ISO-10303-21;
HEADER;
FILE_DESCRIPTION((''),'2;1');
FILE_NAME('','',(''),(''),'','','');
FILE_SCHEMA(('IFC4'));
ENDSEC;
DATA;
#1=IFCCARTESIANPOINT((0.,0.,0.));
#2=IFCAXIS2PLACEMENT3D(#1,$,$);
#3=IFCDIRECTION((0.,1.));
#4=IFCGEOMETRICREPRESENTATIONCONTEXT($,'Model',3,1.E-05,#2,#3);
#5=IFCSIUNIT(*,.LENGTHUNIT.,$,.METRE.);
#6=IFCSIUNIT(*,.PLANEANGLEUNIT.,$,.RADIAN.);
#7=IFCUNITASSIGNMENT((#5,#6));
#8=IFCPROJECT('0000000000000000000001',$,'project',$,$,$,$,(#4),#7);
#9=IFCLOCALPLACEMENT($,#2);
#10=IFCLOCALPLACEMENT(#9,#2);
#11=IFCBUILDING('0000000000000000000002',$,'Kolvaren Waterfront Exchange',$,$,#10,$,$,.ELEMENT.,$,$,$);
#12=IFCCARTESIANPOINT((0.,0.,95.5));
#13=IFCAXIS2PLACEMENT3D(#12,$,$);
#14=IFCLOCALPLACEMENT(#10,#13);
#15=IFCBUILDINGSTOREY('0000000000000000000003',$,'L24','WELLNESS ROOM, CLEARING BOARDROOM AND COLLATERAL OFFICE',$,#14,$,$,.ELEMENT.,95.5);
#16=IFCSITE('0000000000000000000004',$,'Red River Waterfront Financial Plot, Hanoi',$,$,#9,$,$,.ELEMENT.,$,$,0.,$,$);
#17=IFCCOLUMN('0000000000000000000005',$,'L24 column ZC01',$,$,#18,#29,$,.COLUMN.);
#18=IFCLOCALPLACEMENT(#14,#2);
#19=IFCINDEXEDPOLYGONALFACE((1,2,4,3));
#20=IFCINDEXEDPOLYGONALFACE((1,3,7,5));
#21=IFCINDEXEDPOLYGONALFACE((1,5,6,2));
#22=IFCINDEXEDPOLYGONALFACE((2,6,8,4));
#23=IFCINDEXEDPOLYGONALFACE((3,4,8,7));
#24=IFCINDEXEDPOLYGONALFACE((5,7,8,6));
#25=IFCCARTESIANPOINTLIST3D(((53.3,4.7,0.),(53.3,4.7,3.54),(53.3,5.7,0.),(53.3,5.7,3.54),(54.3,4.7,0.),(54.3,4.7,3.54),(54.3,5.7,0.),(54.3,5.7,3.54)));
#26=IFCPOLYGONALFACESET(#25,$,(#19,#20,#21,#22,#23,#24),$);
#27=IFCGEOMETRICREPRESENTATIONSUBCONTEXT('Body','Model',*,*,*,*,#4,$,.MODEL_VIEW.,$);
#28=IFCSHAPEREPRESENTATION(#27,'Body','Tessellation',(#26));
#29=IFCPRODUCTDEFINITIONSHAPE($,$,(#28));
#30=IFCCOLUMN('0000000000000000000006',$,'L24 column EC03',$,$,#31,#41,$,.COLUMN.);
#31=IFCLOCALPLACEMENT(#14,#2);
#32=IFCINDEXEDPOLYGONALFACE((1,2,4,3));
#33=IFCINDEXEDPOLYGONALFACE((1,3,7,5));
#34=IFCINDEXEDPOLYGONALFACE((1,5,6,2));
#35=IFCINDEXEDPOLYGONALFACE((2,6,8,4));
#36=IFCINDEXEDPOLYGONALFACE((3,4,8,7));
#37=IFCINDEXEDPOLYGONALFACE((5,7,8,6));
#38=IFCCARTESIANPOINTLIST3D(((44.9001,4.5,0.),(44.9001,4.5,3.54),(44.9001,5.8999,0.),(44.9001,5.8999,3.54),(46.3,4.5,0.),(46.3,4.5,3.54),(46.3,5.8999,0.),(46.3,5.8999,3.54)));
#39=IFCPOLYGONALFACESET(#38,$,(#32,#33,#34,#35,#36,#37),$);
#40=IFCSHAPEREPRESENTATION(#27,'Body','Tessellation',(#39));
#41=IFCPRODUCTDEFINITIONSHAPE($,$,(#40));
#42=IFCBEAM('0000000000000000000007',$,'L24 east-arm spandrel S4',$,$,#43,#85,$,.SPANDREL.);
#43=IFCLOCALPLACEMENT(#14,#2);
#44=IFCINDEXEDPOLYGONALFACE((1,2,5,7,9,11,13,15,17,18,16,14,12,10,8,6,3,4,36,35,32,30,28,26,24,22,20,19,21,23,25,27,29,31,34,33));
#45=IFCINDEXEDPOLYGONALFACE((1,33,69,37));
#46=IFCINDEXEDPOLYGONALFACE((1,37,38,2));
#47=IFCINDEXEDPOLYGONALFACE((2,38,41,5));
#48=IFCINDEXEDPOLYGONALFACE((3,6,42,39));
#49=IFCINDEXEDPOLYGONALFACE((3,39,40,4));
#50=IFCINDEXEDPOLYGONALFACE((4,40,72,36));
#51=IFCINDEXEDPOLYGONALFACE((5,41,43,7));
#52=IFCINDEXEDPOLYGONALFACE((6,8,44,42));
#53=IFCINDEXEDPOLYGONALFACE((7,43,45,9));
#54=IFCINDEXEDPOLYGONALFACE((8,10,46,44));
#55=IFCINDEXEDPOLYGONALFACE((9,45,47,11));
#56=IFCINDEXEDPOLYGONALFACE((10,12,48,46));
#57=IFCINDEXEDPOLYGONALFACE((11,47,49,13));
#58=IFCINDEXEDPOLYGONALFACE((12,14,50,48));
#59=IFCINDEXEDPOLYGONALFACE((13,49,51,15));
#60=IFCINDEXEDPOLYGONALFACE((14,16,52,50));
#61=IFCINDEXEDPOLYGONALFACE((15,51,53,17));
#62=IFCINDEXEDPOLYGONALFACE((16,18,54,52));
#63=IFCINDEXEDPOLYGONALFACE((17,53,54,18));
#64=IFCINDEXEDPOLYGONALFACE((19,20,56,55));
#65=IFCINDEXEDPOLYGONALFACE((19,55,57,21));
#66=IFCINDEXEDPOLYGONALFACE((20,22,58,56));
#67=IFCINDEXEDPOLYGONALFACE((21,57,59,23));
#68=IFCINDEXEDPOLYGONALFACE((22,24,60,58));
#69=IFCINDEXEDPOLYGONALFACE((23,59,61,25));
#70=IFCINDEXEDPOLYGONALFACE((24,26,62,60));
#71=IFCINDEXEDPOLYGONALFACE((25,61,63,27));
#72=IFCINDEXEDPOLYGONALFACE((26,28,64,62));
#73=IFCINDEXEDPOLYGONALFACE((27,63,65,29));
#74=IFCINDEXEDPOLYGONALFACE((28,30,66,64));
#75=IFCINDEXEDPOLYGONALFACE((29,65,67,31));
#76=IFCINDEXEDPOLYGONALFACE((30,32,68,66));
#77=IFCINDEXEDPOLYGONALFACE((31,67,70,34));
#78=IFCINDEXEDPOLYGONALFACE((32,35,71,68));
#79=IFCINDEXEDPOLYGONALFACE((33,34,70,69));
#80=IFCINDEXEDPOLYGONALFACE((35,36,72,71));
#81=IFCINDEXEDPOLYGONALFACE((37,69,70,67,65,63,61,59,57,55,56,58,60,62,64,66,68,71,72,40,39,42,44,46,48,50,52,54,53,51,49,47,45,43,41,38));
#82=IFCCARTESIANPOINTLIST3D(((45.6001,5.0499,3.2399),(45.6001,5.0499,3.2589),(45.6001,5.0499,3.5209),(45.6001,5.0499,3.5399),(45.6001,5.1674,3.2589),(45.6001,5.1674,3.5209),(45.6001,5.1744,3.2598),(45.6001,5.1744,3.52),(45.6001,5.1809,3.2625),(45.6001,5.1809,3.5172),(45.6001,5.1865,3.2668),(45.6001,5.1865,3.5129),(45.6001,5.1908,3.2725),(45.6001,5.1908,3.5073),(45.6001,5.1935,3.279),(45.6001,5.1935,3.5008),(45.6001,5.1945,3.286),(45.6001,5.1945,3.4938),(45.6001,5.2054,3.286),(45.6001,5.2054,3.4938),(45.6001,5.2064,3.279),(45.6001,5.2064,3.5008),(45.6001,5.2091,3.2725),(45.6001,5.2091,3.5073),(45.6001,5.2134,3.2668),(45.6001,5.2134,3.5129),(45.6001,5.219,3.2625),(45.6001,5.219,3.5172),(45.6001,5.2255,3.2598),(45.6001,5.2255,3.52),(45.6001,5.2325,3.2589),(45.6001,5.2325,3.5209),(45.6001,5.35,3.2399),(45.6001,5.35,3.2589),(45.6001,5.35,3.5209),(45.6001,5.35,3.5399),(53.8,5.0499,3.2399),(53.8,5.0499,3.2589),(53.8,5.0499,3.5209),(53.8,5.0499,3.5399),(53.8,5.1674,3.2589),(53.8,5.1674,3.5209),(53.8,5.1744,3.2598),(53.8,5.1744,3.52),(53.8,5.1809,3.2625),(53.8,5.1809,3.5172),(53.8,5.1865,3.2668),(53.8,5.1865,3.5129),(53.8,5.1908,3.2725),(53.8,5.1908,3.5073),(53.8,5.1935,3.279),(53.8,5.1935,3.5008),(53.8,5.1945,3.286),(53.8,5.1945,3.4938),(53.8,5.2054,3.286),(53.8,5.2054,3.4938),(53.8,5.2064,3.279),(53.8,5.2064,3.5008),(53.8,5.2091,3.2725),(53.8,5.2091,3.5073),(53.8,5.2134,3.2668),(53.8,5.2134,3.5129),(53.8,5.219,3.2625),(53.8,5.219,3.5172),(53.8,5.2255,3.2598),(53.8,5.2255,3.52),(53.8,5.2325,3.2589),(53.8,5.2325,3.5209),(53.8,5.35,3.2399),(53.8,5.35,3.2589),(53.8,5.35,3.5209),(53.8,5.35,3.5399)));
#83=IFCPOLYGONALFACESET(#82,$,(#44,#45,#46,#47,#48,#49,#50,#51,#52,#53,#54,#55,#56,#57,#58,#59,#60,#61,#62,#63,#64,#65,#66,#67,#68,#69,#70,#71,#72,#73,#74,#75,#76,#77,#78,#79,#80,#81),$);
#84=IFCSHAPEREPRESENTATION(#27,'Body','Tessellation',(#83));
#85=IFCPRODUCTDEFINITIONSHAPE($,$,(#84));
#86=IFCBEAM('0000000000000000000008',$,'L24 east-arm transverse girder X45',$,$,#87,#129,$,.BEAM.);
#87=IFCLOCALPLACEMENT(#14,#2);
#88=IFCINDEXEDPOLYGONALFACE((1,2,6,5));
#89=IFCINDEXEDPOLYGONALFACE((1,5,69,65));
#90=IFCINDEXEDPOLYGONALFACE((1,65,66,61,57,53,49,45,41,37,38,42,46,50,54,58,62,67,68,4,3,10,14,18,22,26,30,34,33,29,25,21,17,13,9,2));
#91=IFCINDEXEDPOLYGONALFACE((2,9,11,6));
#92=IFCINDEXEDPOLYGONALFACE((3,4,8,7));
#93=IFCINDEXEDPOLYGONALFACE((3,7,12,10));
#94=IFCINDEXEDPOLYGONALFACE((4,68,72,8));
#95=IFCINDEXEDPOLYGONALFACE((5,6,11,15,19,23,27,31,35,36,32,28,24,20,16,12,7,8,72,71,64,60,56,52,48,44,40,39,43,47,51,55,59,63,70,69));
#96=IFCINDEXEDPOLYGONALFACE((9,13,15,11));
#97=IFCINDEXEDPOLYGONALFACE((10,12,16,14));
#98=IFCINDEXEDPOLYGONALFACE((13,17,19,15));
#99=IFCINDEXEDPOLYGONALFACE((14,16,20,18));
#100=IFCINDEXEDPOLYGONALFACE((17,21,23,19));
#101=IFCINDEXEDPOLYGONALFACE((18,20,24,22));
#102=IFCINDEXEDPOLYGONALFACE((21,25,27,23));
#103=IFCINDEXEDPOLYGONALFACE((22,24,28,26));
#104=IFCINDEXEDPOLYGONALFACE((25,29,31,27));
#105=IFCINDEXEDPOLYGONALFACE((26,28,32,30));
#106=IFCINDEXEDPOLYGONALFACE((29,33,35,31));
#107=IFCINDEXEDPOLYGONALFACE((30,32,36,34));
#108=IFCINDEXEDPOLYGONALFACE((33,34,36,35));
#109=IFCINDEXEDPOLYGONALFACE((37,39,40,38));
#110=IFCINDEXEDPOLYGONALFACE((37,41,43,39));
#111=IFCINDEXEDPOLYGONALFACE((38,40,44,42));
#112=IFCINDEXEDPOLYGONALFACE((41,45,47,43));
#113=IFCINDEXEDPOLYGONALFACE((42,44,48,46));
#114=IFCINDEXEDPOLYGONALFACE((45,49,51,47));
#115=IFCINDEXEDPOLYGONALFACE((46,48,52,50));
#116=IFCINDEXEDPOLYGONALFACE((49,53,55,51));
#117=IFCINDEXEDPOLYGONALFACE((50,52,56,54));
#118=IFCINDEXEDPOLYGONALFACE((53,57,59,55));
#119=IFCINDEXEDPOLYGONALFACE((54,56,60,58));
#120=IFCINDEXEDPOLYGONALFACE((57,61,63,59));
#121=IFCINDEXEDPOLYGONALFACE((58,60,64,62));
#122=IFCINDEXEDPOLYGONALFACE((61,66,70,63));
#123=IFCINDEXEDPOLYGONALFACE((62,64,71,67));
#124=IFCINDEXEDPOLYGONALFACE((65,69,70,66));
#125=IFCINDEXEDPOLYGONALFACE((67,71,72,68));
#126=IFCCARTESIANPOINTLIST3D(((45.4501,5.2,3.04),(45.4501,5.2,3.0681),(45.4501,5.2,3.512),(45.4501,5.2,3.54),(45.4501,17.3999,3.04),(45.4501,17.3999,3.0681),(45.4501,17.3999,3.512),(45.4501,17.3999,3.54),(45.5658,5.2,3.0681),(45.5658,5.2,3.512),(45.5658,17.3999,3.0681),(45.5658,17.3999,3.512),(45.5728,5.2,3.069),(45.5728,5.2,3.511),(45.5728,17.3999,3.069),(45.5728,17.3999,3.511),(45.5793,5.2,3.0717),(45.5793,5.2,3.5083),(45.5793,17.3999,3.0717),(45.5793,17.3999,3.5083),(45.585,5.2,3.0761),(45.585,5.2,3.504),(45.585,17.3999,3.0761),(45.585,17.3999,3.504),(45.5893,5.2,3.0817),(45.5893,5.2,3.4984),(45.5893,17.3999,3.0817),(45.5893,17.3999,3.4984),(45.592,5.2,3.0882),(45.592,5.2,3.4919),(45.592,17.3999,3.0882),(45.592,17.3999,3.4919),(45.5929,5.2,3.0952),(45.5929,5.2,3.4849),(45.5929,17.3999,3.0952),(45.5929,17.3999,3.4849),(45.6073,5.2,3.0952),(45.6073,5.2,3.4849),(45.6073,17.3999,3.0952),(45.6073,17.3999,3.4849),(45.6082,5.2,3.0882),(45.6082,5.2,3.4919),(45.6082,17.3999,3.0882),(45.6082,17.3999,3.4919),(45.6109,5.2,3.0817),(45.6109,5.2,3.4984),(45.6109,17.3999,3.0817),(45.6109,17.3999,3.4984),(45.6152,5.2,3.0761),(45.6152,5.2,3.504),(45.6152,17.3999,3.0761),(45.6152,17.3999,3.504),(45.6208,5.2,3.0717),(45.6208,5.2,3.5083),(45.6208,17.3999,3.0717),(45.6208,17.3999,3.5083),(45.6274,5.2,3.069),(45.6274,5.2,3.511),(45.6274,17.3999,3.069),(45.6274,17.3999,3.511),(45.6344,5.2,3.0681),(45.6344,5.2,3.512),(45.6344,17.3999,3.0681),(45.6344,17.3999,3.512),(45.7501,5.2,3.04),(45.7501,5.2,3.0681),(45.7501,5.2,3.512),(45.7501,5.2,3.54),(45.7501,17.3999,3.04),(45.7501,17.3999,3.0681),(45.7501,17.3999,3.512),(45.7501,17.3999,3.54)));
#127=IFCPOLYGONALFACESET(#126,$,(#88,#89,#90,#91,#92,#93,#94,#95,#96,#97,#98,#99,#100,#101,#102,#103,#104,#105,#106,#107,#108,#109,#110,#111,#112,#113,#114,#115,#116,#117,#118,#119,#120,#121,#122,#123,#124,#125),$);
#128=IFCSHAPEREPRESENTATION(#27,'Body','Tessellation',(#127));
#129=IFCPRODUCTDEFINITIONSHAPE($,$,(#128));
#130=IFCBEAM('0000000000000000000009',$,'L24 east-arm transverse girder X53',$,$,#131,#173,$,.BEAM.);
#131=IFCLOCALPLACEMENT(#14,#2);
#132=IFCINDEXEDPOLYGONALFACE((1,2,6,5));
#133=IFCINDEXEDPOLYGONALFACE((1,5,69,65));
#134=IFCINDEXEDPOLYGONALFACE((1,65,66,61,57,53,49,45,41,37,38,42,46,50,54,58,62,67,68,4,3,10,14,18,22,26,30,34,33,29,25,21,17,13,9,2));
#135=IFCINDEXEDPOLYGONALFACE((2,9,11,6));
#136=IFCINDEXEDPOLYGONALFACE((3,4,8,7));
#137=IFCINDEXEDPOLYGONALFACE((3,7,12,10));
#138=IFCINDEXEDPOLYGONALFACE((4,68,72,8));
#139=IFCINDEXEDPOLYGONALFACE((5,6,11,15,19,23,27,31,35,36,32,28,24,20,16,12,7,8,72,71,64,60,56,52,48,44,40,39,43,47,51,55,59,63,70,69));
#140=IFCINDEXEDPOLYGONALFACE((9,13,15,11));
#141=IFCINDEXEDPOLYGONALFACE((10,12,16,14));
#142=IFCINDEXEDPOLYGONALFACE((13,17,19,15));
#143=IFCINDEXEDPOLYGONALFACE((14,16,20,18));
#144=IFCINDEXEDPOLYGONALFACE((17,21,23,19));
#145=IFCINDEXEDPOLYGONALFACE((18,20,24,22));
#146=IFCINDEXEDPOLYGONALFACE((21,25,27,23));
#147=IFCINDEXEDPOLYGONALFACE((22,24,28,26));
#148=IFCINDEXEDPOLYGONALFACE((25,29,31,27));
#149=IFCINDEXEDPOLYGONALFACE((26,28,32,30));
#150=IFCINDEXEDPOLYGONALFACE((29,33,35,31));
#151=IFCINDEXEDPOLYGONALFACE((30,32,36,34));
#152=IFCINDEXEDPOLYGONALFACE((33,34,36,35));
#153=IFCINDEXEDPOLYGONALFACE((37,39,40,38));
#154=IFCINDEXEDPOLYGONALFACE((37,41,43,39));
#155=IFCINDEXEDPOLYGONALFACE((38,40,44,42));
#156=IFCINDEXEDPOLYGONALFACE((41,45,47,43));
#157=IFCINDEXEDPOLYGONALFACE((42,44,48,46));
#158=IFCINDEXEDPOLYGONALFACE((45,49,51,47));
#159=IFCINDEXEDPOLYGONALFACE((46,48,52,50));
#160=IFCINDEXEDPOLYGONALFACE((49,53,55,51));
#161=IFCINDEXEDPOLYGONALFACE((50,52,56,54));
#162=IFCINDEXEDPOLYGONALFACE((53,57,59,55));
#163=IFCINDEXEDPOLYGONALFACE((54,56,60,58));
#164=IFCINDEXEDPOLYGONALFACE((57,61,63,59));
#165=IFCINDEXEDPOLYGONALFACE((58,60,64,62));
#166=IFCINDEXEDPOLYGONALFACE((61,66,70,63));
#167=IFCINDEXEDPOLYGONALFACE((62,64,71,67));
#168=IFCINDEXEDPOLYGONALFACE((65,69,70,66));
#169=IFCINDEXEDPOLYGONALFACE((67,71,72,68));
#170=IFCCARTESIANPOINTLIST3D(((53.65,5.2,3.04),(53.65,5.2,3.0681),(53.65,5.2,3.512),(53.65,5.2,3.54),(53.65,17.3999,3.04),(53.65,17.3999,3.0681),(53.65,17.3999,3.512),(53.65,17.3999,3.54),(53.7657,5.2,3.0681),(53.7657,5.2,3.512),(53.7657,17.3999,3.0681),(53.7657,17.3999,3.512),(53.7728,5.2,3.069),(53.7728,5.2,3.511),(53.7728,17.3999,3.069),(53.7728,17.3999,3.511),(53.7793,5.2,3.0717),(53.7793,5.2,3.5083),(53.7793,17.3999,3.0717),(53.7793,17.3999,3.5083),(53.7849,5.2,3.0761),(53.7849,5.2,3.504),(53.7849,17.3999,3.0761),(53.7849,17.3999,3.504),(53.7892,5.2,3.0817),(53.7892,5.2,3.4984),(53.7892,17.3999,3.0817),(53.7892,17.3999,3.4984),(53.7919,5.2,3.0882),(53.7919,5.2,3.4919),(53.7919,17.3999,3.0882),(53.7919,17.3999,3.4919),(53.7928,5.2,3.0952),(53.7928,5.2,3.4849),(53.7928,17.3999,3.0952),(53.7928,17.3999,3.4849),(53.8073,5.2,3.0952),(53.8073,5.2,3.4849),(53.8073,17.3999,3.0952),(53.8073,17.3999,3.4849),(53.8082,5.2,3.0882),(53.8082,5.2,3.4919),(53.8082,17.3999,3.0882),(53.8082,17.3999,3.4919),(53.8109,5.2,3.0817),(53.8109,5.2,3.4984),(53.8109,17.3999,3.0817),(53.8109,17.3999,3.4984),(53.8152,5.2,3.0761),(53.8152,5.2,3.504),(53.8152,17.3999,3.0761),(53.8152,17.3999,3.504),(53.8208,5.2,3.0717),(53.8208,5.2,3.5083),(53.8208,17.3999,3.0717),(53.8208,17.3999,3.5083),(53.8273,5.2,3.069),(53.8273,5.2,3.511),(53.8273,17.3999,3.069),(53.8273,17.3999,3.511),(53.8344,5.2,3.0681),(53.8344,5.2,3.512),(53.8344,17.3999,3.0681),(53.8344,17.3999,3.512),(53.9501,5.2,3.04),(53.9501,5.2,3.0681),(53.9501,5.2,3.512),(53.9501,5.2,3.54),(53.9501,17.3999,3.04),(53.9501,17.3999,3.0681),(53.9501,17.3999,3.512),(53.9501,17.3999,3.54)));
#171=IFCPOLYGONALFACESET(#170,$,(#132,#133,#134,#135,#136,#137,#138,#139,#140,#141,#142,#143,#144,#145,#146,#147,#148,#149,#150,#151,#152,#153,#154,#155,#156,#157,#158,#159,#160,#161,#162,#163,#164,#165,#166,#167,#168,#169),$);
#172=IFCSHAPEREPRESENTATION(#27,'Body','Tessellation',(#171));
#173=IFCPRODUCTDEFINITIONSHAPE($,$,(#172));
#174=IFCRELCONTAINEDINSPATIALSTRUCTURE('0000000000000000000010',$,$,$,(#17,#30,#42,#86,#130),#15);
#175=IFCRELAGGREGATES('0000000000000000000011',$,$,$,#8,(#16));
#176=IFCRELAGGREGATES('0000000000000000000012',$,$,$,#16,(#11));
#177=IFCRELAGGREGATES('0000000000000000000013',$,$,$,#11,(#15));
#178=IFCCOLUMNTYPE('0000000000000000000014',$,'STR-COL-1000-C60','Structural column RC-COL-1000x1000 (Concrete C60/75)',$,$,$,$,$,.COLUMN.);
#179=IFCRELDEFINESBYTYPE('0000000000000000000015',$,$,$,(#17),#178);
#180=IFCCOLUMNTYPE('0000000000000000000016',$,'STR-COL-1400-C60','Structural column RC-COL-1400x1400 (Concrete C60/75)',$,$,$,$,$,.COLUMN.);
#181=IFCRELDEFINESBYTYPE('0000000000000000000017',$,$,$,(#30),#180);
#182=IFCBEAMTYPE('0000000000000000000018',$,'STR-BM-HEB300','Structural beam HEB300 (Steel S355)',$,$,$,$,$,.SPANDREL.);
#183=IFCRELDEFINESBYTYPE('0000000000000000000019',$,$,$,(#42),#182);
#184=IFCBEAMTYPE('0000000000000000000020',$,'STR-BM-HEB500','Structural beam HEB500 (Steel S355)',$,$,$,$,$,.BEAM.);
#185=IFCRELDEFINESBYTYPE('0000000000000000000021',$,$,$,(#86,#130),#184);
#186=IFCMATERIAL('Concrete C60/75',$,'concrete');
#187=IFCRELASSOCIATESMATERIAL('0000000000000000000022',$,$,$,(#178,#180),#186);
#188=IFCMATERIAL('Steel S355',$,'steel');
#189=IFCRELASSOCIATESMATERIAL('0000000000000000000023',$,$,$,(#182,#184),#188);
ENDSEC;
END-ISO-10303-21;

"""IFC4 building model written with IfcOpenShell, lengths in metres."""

from ifc_helpers import new_model, si_unit, direction, frame, origin, origin_2d, place, context, subcontext, project, spatial, rectangle, i_section, extrude, material, material_profile, profile_set, type_object, element, save


model = new_model("IFC4")

# Units and contexts
model_context = context("Model", 3, precision=1e-05, world=origin(), true_north=direction((0.0, 1.0)))
body_context = subcontext(model_context, "Body", "Model", "MODEL_VIEW")
ifc_project = project(units=[si_unit("LENGTHUNIT", "METRE"), si_unit("PLANEANGLEUNIT", "RADIAN")], contexts=[model_context])

# Site, building, storey
site_placement = place(None, origin())
site = spatial("IfcSite", under=ifc_project, at=site_placement, Name="Red River Waterfront Financial Plot, Hanoi", CompositionType="ELEMENT", RefElevation=0.0)
building_placement = place(site_placement, origin())
building = spatial("IfcBuilding", under=site, at=building_placement, Name="Kolvaren Waterfront Exchange", CompositionType="ELEMENT")
storey_placement = place(building_placement, frame((0.0, 0.0, 95.5)))
storey = spatial("IfcBuildingStorey", under=building, at=storey_placement, Name="L24", Description="WELLNESS ROOM, CLEARING BOARDROOM AND COLLATERAL OFFICE", CompositionType="ELEMENT", Elevation=95.5)

# Columns
ifc_material_1 = material(Name="Concrete C60/75", Category="concrete")
ifc_material_profile_1 = material_profile(ifc_material_1, rectangle(XDim=1.0, YDim=1.0, at=origin_2d()), Name="RC-COL-1000x1000")
ifc_profile_set_1 = profile_set([ifc_material_profile_1], Name="Concrete C60/75")
column_type_1 = type_object("IfcColumnType", Name="STR-COL-1000-C60", Description="Structural column RC-COL-1000x1000 (Concrete C60/75)", PredefinedType="COLUMN", material=ifc_profile_set_1)
column_1_placement = place(storey_placement, frame((53.8, 5.2, 0.0), z_axis=(0.0, 0.0, 1.0), x_axis=(1.0, 0.0, 0.0)))
element("IfcColumn", 1, at=column_1_placement, inside=storey, type_object=column_type_1, Name="L24 column ZC01", PredefinedType="COLUMN", context=body_context, shape_type="SweptSolid", body=[
    extrude(rectangle(XDim=1.0, YDim=1.0, at=origin_2d()), origin(), (0.0, 0.0, 1.0), 3.54),
])
ifc_material_profile_2 = material_profile(ifc_material_1, rectangle(XDim=1.3999, YDim=1.3999, at=origin_2d()), Name="RC-COL-1400x1400")
ifc_profile_set_2 = profile_set([ifc_material_profile_2], Name="Concrete C60/75")
column_type_2 = type_object("IfcColumnType", Name="STR-COL-1400-C60", Description="Structural column RC-COL-1400x1400 (Concrete C60/75)", PredefinedType="COLUMN", material=ifc_profile_set_2)
column_2_placement = place(storey_placement, frame((45.6001, 5.2, 0.0), z_axis=(0.0, 0.0, 1.0), x_axis=(1.0, 0.0, 0.0)))
element("IfcColumn", 2, at=column_2_placement, inside=storey, type_object=column_type_2, Name="L24 column EC03", PredefinedType="COLUMN", context=body_context, shape_type="SweptSolid", body=[
    extrude(rectangle(XDim=1.3999, YDim=1.3999, at=origin_2d()), origin(), (0.0, 0.0, 1.0), 3.54),
])

# Beams
ifc_material_2 = material(Name="Steel S355", Category="steel")
ifc_material_profile_3 = material_profile(ifc_material_2, i_section(OverallWidth=0.3, OverallDepth=0.3, WebThickness=0.011, FlangeThickness=0.019, FilletRadius=0.0271, at=origin_2d()), Name="HEB300")
ifc_profile_set_3 = profile_set([ifc_material_profile_3], Name="Steel S355")
beam_type_1 = type_object("IfcBeamType", Name="STR-BM-HEB300", Description="Structural beam HEB300 (Steel S355)", PredefinedType="SPANDREL", material=ifc_profile_set_3)
beam_1_placement = place(storey_placement, frame((45.6001, 5.2, 3.3899), z_axis=(1.0, 0.0, 0.0), x_axis=(0.0, 1.0, 0.0)))
element("IfcBeam", 3, at=beam_1_placement, inside=storey, type_object=beam_type_1, Name="L24 east-arm spandrel S4", PredefinedType="SPANDREL", context=body_context, shape_type="SweptSolid", body=[
    extrude(i_section(OverallWidth=0.3, OverallDepth=0.3, WebThickness=0.011, FlangeThickness=0.019, FilletRadius=0.0271, at=origin_2d()), origin(), (0.0, 0.0, 1.0), 8.2),
])
ifc_material_profile_4 = material_profile(ifc_material_2, i_section(OverallWidth=0.3, OverallDepth=0.5, WebThickness=0.0144, FlangeThickness=0.0281, FilletRadius=0.0271, at=origin_2d()), Name="HEB500")
ifc_profile_set_4 = profile_set([ifc_material_profile_4], Name="Steel S355")
beam_type_2 = type_object("IfcBeamType", Name="STR-BM-HEB500", Description="Structural beam HEB500 (Steel S355)", PredefinedType="BEAM", material=ifc_profile_set_4)
for number, where, z_axis, x_axis, name in (
    (4, (45.6001, 5.2, 3.29), (0.0, 1.0, 0.0), (-1.0, 0.0, 0.0), "L24 east-arm transverse girder X45"),
    (5, (53.8, 5.2, 3.29), (0.0, 1.0, 0.0), (-1.0, 0.0, 0.0), "L24 east-arm transverse girder X53"),
):
    element("IfcBeam", number, at=place(storey_placement, frame(where, z_axis=z_axis, x_axis=x_axis)), inside=storey, type_object=beam_type_2, Name=name, PredefinedType="BEAM", context=body_context, shape_type="SweptSolid", body=[
        extrude(i_section(OverallWidth=0.3, OverallDepth=0.5, WebThickness=0.0144, FlangeThickness=0.0281, FilletRadius=0.0271, at=origin_2d()), origin(), (0.0, 0.0, 1.0), 12.2),
    ])

save(model, "model.ifc")
